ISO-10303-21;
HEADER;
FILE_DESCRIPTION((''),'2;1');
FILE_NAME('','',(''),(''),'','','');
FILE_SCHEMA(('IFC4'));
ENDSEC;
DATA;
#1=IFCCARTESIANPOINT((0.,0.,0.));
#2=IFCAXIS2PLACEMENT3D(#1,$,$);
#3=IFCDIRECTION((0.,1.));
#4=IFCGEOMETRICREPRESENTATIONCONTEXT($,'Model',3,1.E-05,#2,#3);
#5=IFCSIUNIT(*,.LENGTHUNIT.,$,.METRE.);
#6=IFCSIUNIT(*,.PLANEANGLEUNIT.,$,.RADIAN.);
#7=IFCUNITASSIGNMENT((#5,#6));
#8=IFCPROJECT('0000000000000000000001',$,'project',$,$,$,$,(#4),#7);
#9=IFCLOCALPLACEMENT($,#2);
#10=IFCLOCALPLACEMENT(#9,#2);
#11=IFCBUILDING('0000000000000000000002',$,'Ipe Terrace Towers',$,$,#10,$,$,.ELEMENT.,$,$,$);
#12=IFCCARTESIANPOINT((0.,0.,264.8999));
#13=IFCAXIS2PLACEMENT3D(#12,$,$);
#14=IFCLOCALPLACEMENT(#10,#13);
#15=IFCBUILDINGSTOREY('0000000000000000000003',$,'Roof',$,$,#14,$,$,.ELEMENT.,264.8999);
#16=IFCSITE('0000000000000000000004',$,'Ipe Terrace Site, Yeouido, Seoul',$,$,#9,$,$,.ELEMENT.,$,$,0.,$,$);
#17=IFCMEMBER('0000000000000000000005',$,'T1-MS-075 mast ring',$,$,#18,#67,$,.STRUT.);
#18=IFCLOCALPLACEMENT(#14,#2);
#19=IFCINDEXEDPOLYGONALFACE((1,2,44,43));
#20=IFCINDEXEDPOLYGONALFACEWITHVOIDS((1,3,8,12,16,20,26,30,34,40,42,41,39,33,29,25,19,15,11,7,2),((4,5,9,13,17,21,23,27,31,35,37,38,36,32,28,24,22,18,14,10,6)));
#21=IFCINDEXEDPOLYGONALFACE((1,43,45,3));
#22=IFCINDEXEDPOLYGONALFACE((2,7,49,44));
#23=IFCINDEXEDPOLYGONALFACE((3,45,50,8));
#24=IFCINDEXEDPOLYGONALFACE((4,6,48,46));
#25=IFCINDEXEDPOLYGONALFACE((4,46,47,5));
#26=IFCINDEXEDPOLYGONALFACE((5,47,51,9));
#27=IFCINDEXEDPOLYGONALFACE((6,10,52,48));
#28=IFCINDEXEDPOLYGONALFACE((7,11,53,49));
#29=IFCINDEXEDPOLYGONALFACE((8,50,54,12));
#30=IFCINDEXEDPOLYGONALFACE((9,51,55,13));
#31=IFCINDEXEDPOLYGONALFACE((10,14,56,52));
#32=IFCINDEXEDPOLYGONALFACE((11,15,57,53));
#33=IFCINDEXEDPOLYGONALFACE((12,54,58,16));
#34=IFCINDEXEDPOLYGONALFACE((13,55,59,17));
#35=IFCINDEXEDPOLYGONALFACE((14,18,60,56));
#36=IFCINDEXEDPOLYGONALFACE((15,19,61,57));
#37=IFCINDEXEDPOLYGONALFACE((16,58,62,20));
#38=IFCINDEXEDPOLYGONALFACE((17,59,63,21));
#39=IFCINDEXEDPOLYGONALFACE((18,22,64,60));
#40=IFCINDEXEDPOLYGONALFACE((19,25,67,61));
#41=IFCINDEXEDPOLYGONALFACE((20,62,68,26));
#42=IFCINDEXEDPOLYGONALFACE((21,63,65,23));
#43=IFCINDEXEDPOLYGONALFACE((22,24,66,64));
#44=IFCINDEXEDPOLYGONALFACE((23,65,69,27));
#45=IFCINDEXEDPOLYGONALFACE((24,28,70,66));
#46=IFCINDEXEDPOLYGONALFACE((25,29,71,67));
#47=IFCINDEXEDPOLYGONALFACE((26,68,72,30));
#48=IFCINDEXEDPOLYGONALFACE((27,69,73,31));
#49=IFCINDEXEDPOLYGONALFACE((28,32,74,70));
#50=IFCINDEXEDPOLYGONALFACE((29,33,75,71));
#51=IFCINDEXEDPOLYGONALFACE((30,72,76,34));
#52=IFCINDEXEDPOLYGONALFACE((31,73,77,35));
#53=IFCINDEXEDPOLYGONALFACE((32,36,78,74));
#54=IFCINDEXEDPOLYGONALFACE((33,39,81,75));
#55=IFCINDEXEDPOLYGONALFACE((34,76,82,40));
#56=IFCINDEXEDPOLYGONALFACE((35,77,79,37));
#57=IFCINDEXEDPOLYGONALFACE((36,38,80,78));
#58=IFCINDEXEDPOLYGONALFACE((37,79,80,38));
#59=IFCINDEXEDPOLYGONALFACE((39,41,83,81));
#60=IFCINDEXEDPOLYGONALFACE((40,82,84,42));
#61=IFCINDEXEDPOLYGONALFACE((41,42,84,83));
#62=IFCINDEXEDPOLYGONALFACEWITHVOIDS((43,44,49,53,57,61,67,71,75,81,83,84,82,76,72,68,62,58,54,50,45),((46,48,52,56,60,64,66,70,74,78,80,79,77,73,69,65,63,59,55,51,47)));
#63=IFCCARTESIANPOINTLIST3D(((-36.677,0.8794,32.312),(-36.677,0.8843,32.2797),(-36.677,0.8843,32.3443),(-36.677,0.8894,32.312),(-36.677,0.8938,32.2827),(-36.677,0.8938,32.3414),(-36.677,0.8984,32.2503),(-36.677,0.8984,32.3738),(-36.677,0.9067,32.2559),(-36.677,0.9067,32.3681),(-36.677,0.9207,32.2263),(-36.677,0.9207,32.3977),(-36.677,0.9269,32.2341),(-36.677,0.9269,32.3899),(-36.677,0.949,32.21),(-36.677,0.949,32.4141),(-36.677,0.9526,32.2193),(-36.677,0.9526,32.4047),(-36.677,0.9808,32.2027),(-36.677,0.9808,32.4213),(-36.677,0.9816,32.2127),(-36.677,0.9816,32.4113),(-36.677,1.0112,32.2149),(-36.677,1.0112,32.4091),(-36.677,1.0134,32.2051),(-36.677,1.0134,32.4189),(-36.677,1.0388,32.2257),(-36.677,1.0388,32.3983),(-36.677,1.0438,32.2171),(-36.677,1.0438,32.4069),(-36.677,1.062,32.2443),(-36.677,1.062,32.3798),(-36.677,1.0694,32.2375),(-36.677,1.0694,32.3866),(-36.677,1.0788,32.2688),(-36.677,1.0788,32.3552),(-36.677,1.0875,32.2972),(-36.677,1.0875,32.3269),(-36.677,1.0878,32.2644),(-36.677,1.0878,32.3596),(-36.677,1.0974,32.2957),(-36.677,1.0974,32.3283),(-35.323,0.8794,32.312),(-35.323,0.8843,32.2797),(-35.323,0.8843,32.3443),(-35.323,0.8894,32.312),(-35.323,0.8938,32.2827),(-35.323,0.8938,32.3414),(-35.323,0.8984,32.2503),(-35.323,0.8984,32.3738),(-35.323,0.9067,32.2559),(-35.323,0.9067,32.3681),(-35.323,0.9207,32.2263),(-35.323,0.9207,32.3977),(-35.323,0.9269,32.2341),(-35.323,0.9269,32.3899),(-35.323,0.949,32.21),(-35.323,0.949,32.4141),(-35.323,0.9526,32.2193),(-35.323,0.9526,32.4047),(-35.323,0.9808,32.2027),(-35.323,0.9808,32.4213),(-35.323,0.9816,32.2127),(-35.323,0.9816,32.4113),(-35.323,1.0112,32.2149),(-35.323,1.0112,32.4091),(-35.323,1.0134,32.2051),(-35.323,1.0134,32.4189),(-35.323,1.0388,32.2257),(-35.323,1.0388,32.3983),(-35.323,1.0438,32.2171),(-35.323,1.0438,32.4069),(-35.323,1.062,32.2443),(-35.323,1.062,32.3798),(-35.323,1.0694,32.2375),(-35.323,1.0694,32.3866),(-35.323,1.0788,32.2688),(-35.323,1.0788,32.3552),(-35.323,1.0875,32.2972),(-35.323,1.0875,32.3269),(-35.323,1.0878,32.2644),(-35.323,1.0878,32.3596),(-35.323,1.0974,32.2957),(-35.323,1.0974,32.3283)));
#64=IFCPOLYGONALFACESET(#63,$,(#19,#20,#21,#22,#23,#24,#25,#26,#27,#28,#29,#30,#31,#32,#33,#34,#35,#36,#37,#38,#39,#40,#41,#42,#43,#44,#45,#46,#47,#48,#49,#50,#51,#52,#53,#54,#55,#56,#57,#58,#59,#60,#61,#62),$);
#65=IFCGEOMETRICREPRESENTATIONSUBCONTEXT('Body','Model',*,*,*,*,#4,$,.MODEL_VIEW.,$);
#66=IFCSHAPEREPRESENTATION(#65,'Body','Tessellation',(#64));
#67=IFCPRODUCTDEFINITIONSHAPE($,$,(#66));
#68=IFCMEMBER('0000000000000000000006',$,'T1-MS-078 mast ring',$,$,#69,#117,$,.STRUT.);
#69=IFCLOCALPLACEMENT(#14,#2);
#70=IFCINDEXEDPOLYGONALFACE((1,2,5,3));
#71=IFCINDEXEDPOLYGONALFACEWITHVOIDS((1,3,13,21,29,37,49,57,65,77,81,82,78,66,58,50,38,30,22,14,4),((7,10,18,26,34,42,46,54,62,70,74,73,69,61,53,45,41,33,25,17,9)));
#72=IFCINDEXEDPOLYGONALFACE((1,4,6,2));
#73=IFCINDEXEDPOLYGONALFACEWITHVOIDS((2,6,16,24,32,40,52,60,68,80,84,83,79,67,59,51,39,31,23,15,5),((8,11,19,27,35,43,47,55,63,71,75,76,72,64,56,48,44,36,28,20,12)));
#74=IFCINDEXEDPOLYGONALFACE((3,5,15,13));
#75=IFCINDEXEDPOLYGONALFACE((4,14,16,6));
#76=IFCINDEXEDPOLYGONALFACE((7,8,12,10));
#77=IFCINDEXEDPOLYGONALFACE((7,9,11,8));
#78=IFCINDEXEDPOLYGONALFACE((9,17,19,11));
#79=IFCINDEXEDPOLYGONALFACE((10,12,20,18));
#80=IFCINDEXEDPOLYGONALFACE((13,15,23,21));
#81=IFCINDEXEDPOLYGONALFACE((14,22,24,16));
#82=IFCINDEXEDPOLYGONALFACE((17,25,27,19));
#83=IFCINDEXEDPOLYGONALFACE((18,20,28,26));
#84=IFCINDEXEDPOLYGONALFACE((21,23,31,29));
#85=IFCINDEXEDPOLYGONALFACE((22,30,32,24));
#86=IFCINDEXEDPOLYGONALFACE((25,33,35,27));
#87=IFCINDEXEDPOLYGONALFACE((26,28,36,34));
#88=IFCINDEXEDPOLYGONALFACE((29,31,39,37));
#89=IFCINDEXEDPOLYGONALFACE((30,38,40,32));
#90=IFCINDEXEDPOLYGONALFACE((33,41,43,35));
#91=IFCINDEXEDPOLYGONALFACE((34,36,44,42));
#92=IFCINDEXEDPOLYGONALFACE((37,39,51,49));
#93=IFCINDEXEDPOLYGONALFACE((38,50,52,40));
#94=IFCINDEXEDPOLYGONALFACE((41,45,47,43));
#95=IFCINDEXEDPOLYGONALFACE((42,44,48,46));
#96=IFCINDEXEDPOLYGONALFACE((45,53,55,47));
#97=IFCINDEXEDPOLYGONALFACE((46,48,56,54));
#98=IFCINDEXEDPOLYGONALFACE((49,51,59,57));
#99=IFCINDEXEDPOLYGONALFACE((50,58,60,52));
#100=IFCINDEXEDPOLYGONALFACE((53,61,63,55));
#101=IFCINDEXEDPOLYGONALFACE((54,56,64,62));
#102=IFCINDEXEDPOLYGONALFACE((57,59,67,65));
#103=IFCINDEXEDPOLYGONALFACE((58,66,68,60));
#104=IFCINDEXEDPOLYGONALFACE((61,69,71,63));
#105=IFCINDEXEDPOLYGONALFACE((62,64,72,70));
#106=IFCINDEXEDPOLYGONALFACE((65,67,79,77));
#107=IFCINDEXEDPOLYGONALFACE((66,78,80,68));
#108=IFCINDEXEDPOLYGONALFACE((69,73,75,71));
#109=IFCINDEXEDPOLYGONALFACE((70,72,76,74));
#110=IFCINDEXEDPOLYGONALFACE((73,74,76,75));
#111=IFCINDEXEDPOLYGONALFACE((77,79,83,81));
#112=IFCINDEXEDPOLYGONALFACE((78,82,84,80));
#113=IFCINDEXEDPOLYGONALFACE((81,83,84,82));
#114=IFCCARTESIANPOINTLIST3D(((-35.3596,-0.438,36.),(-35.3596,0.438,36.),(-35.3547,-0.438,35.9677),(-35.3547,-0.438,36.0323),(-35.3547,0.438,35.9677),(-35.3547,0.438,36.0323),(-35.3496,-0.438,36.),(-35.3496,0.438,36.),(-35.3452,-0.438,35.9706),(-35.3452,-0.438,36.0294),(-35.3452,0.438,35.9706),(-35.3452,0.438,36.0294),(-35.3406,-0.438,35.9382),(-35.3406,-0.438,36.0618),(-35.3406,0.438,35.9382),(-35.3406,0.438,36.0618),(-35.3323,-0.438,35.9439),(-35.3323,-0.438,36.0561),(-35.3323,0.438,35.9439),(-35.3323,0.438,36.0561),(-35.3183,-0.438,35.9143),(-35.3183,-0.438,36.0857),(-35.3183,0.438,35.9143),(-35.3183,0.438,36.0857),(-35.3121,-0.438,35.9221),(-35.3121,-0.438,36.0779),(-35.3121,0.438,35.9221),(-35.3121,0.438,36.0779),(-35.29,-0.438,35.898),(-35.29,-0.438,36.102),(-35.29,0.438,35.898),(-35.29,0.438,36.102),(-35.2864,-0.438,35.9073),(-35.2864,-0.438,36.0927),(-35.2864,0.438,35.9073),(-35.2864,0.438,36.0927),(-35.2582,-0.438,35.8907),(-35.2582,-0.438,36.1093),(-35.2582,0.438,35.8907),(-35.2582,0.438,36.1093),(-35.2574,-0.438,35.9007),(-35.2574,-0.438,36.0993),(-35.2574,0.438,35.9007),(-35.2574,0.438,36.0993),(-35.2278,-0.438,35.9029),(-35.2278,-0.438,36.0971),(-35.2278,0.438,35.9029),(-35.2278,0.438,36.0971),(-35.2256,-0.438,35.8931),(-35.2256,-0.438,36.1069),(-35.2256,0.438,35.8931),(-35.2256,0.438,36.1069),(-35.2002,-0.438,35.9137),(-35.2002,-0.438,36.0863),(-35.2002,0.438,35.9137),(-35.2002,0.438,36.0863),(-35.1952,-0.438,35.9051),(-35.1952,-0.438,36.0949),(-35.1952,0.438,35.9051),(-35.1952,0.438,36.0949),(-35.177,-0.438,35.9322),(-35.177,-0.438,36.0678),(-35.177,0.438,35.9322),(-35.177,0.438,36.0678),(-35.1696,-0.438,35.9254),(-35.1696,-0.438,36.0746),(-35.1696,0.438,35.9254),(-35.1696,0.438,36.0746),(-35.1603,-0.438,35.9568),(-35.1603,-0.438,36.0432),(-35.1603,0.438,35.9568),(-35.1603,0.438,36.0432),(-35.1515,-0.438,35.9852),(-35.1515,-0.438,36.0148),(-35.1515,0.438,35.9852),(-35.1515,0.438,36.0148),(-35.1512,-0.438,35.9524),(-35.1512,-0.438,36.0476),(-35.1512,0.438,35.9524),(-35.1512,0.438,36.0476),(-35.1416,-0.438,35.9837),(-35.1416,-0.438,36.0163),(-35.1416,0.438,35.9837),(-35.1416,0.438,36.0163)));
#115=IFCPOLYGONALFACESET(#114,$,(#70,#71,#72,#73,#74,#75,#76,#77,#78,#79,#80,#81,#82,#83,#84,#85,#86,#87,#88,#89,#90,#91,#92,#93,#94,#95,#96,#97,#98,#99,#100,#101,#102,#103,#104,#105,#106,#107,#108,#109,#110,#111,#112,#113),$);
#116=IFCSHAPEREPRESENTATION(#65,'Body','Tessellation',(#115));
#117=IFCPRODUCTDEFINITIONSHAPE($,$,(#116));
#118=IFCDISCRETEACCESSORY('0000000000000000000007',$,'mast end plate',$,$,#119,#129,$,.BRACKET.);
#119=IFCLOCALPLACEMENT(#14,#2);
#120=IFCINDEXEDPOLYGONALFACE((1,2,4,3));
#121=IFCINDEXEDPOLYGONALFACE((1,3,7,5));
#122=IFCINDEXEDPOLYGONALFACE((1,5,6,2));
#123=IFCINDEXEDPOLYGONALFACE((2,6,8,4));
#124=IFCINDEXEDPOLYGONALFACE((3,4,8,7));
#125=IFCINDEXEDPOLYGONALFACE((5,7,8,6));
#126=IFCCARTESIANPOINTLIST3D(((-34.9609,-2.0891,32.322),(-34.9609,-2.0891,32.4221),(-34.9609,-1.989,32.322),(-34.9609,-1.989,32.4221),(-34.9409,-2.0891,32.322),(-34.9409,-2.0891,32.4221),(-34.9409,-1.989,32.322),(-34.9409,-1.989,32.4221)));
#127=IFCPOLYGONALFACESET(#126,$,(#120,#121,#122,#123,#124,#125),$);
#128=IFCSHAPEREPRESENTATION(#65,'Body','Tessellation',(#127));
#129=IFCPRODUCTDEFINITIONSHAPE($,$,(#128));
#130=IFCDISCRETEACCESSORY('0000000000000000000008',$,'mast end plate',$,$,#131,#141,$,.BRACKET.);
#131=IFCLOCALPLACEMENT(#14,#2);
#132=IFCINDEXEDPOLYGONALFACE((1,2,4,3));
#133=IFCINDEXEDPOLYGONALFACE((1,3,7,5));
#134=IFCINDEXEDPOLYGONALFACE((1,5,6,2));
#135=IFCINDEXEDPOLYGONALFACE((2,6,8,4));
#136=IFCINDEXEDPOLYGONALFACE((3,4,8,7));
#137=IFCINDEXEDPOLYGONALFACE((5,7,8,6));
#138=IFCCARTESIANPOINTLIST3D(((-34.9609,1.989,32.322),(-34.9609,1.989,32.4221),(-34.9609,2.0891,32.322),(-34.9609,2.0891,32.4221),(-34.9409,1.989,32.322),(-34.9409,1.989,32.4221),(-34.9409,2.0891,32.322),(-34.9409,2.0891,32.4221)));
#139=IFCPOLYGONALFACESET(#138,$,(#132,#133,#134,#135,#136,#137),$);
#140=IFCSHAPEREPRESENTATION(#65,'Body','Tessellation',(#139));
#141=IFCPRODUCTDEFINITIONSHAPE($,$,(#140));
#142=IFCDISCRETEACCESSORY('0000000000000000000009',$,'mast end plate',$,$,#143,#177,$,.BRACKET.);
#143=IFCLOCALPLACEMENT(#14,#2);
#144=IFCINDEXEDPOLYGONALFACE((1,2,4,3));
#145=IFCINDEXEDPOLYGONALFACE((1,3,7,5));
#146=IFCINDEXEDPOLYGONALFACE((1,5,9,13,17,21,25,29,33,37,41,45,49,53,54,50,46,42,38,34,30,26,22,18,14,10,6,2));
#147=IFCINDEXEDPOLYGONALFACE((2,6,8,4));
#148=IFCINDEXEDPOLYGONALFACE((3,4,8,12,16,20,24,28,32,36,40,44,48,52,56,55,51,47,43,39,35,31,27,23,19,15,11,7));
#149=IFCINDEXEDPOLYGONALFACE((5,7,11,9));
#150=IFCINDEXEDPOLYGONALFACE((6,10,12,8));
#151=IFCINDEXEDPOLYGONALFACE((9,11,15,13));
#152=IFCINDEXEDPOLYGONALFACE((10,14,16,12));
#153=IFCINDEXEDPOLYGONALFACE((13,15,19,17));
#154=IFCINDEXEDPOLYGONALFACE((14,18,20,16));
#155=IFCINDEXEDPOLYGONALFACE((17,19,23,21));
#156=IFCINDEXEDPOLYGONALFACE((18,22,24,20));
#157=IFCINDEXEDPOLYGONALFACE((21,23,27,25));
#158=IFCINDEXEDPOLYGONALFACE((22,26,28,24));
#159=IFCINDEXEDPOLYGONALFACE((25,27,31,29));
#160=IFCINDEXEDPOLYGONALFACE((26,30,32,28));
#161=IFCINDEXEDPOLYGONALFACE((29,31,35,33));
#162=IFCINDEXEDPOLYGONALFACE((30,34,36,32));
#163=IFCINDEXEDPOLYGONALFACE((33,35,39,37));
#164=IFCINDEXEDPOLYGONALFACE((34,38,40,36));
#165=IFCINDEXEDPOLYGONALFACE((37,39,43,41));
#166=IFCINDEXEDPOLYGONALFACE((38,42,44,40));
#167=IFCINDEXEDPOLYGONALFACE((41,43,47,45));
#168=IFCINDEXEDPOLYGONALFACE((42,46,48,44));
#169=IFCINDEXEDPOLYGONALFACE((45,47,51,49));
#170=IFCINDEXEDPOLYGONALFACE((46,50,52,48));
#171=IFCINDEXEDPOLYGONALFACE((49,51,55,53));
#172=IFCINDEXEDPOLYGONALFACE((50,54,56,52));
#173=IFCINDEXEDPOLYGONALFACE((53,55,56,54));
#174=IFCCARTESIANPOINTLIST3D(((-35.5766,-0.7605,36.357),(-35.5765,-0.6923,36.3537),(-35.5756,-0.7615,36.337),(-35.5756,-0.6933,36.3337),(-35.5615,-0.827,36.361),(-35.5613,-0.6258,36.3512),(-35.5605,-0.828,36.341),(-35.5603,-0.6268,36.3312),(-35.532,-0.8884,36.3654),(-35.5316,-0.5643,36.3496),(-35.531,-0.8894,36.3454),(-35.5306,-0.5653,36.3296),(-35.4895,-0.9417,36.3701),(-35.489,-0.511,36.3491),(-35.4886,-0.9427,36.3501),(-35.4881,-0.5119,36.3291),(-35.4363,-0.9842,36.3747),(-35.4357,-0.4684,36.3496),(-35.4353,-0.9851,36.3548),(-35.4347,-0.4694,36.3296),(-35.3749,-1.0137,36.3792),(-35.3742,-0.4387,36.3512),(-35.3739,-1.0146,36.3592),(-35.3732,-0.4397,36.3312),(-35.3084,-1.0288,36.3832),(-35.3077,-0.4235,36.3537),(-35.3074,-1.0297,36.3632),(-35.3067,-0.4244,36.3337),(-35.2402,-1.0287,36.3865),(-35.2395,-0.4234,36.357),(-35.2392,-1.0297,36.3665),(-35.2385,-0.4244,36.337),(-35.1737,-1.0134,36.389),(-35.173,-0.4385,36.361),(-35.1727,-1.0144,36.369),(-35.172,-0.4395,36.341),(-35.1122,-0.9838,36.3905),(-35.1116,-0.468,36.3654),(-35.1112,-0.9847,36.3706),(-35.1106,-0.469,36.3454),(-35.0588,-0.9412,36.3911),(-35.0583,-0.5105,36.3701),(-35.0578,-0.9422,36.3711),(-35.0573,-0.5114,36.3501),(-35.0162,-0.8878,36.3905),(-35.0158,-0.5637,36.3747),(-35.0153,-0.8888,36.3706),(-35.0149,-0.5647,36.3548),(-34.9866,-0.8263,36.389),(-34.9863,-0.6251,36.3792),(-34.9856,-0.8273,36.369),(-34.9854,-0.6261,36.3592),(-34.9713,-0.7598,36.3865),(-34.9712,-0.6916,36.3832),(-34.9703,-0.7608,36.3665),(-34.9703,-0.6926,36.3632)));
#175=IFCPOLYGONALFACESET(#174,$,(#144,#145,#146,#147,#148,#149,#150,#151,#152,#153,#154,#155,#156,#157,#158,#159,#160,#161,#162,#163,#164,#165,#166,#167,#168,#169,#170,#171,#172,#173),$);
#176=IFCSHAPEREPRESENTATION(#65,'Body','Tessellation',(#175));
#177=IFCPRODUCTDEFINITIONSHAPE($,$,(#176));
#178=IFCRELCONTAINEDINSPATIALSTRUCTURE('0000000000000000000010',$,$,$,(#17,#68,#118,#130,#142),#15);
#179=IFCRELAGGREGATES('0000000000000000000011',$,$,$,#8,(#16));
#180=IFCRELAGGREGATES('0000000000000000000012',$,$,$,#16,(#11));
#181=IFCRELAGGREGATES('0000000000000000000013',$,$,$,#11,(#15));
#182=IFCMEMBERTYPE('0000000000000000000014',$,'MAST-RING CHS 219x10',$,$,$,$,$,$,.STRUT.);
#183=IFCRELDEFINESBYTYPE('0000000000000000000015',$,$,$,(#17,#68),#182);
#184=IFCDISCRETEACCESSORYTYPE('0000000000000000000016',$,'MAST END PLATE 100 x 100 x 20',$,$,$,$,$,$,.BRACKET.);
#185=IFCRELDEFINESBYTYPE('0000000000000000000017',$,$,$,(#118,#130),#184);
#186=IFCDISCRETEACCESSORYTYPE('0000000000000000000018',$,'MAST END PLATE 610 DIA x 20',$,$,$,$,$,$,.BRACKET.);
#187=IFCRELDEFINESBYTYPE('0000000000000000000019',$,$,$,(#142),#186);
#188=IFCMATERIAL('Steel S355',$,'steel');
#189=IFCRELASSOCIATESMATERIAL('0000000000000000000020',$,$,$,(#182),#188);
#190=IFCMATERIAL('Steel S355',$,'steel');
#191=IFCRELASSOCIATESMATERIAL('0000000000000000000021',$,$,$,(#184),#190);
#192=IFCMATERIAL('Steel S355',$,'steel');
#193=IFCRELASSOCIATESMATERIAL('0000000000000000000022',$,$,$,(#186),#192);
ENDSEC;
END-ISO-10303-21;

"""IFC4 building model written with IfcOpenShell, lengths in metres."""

from ifc_helpers import new_model, si_unit, direction, frame, origin, origin_2d, place, context, subcontext, project, spatial, rectangle, circle, hollow_circle, extrude, material, material_profile, profile_set, type_object, element, save


model = new_model("IFC4")

# Units and contexts
model_context = context("Model", 3, precision=1e-05, world=origin(), true_north=direction((0.0, 1.0)))
body_context = subcontext(model_context, "Body", "Model", "MODEL_VIEW")
ifc_project = project(units=[si_unit("LENGTHUNIT", "METRE"), si_unit("PLANEANGLEUNIT", "RADIAN")], contexts=[model_context])

# Site, building, storey
site_placement = place(None, origin())
site = spatial("IfcSite", under=ifc_project, at=site_placement, Name="Ipe Terrace Site, Yeouido, Seoul", CompositionType="ELEMENT", RefElevation=0.0)
building_placement = place(site_placement, origin())
building = spatial("IfcBuilding", under=site, at=building_placement, Name="Ipe Terrace Towers", CompositionType="ELEMENT")
storey_placement = place(building_placement, frame((0.0, 0.0, 264.8999)))
storey = spatial("IfcBuildingStorey", under=building, at=storey_placement, Name="Roof", CompositionType="ELEMENT", Elevation=264.8999)

# Members
ifc_material_1 = material(Name="Steel S355", Category="steel")
ifc_material_profile_1 = material_profile(ifc_material_1, hollow_circle(Radius=0.1096, WallThickness=0.01, at=origin_2d()), Name="MAST-RING CHS 219x10")
ifc_profile_set_1 = profile_set([ifc_material_profile_1], Name="Steel S355")
member_type_1 = type_object("IfcMemberType", Name="MAST-RING CHS 219x10", PredefinedType="STRUT", material=ifc_profile_set_1)
for number, where, z_axis, x_axis, name in (
    (1, (-35.323, 0.989, 32.312), (-1.0, 0.0, 0.0), (0.0, -1.0, 0.0), "T1-MS-075 mast ring"),
):
    element("IfcMember", number, at=place(storey_placement, frame(where, z_axis=z_axis, x_axis=x_axis)), inside=storey, type_object=member_type_1, Name=name, PredefinedType="STRUT", context=body_context, shape_type="SweptSolid", body=[
        extrude(hollow_circle(Radius=0.1096, WallThickness=0.01, at=origin_2d()), origin(), (0.0, 0.0, 1.0), 1.354),
    ])
member_1_placement = place(storey_placement, frame((-35.25, -0.438, 36.0), z_axis=(0.0, 1.0, 0.0), x_axis=(-1.0, 0.0, 0.0)))
element("IfcMember", 2, at=member_1_placement, inside=storey, type_object=member_type_1, Name="T1-MS-078 mast ring", PredefinedType="STRUT", context=body_context, shape_type="SweptSolid", body=[
    extrude(hollow_circle(Radius=0.1096, WallThickness=0.01, at=origin_2d()), origin(), (0.0, 0.0, 1.0), 0.876),
])

# Discrete accessories
ifc_material_2 = material(Name="Steel S355", Category="steel")
ifc_material_profile_2 = material_profile(ifc_material_2, rectangle(XDim=0.1001, YDim=0.1001, at=origin_2d()), Name="MAST END PLATE 100 x 100 x 20")
ifc_profile_set_2 = profile_set([ifc_material_profile_2], Name="Steel S355")
discrete_accessory_type_1 = type_object("IfcDiscreteAccessoryType", Name="MAST END PLATE 100 x 100 x 20", PredefinedType="BRACKET", material=ifc_profile_set_2)
for number, where, z_axis, x_axis, name in (
    (3, (-34.9609, -2.0391, 32.3721), (1.0, 0.0, 0.0), (0.0, 1.0, 0.0), "mast end plate"),
    (4, (-34.9609, 2.0391, 32.3721), (1.0, 0.0, 0.0), (0.0, 1.0, 0.0), "mast end plate"),
):
    element("IfcDiscreteAccessory", number, at=place(storey_placement, frame(where, z_axis=z_axis, x_axis=x_axis)), inside=storey, type_object=discrete_accessory_type_1, Name=name, PredefinedType="BRACKET", context=body_context, shape_type="SweptSolid", body=[
        extrude(rectangle(XDim=0.1001, YDim=0.1001, at=origin_2d()), origin(), (0.0, 0.0, 1.0), 0.02),
    ])
ifc_material_3 = material(Name="Steel S355", Category="steel")
ifc_material_profile_3 = material_profile(ifc_material_3, circle(Radius=0.3049, at=origin_2d()), Name="MAST END PLATE 610 DIA x 20")
ifc_profile_set_3 = profile_set([ifc_material_profile_3], Name="Steel S355")
discrete_accessory_type_2 = type_object("IfcDiscreteAccessoryType", Name="MAST END PLATE 610 DIA x 20", PredefinedType="BRACKET", material=ifc_profile_set_3)
for number, where, z_axis, x_axis, name in (
    (5, (-35.2729, -0.7271, 36.3501), (-0.048665, 0.048665, 0.997629), (-0.707107, -0.707107, 0.0), "mast end plate"),
):
    element("IfcDiscreteAccessory", number, at=place(storey_placement, frame(where, z_axis=z_axis, x_axis=x_axis)), inside=storey, type_object=discrete_accessory_type_2, Name=name, PredefinedType="BRACKET", context=body_context, shape_type="SweptSolid", body=[
        extrude(circle(Radius=0.3049, at=origin_2d()), origin(), (0.0, 0.0, 1.0), 0.02),
    ])

save(model, "model.ifc")
